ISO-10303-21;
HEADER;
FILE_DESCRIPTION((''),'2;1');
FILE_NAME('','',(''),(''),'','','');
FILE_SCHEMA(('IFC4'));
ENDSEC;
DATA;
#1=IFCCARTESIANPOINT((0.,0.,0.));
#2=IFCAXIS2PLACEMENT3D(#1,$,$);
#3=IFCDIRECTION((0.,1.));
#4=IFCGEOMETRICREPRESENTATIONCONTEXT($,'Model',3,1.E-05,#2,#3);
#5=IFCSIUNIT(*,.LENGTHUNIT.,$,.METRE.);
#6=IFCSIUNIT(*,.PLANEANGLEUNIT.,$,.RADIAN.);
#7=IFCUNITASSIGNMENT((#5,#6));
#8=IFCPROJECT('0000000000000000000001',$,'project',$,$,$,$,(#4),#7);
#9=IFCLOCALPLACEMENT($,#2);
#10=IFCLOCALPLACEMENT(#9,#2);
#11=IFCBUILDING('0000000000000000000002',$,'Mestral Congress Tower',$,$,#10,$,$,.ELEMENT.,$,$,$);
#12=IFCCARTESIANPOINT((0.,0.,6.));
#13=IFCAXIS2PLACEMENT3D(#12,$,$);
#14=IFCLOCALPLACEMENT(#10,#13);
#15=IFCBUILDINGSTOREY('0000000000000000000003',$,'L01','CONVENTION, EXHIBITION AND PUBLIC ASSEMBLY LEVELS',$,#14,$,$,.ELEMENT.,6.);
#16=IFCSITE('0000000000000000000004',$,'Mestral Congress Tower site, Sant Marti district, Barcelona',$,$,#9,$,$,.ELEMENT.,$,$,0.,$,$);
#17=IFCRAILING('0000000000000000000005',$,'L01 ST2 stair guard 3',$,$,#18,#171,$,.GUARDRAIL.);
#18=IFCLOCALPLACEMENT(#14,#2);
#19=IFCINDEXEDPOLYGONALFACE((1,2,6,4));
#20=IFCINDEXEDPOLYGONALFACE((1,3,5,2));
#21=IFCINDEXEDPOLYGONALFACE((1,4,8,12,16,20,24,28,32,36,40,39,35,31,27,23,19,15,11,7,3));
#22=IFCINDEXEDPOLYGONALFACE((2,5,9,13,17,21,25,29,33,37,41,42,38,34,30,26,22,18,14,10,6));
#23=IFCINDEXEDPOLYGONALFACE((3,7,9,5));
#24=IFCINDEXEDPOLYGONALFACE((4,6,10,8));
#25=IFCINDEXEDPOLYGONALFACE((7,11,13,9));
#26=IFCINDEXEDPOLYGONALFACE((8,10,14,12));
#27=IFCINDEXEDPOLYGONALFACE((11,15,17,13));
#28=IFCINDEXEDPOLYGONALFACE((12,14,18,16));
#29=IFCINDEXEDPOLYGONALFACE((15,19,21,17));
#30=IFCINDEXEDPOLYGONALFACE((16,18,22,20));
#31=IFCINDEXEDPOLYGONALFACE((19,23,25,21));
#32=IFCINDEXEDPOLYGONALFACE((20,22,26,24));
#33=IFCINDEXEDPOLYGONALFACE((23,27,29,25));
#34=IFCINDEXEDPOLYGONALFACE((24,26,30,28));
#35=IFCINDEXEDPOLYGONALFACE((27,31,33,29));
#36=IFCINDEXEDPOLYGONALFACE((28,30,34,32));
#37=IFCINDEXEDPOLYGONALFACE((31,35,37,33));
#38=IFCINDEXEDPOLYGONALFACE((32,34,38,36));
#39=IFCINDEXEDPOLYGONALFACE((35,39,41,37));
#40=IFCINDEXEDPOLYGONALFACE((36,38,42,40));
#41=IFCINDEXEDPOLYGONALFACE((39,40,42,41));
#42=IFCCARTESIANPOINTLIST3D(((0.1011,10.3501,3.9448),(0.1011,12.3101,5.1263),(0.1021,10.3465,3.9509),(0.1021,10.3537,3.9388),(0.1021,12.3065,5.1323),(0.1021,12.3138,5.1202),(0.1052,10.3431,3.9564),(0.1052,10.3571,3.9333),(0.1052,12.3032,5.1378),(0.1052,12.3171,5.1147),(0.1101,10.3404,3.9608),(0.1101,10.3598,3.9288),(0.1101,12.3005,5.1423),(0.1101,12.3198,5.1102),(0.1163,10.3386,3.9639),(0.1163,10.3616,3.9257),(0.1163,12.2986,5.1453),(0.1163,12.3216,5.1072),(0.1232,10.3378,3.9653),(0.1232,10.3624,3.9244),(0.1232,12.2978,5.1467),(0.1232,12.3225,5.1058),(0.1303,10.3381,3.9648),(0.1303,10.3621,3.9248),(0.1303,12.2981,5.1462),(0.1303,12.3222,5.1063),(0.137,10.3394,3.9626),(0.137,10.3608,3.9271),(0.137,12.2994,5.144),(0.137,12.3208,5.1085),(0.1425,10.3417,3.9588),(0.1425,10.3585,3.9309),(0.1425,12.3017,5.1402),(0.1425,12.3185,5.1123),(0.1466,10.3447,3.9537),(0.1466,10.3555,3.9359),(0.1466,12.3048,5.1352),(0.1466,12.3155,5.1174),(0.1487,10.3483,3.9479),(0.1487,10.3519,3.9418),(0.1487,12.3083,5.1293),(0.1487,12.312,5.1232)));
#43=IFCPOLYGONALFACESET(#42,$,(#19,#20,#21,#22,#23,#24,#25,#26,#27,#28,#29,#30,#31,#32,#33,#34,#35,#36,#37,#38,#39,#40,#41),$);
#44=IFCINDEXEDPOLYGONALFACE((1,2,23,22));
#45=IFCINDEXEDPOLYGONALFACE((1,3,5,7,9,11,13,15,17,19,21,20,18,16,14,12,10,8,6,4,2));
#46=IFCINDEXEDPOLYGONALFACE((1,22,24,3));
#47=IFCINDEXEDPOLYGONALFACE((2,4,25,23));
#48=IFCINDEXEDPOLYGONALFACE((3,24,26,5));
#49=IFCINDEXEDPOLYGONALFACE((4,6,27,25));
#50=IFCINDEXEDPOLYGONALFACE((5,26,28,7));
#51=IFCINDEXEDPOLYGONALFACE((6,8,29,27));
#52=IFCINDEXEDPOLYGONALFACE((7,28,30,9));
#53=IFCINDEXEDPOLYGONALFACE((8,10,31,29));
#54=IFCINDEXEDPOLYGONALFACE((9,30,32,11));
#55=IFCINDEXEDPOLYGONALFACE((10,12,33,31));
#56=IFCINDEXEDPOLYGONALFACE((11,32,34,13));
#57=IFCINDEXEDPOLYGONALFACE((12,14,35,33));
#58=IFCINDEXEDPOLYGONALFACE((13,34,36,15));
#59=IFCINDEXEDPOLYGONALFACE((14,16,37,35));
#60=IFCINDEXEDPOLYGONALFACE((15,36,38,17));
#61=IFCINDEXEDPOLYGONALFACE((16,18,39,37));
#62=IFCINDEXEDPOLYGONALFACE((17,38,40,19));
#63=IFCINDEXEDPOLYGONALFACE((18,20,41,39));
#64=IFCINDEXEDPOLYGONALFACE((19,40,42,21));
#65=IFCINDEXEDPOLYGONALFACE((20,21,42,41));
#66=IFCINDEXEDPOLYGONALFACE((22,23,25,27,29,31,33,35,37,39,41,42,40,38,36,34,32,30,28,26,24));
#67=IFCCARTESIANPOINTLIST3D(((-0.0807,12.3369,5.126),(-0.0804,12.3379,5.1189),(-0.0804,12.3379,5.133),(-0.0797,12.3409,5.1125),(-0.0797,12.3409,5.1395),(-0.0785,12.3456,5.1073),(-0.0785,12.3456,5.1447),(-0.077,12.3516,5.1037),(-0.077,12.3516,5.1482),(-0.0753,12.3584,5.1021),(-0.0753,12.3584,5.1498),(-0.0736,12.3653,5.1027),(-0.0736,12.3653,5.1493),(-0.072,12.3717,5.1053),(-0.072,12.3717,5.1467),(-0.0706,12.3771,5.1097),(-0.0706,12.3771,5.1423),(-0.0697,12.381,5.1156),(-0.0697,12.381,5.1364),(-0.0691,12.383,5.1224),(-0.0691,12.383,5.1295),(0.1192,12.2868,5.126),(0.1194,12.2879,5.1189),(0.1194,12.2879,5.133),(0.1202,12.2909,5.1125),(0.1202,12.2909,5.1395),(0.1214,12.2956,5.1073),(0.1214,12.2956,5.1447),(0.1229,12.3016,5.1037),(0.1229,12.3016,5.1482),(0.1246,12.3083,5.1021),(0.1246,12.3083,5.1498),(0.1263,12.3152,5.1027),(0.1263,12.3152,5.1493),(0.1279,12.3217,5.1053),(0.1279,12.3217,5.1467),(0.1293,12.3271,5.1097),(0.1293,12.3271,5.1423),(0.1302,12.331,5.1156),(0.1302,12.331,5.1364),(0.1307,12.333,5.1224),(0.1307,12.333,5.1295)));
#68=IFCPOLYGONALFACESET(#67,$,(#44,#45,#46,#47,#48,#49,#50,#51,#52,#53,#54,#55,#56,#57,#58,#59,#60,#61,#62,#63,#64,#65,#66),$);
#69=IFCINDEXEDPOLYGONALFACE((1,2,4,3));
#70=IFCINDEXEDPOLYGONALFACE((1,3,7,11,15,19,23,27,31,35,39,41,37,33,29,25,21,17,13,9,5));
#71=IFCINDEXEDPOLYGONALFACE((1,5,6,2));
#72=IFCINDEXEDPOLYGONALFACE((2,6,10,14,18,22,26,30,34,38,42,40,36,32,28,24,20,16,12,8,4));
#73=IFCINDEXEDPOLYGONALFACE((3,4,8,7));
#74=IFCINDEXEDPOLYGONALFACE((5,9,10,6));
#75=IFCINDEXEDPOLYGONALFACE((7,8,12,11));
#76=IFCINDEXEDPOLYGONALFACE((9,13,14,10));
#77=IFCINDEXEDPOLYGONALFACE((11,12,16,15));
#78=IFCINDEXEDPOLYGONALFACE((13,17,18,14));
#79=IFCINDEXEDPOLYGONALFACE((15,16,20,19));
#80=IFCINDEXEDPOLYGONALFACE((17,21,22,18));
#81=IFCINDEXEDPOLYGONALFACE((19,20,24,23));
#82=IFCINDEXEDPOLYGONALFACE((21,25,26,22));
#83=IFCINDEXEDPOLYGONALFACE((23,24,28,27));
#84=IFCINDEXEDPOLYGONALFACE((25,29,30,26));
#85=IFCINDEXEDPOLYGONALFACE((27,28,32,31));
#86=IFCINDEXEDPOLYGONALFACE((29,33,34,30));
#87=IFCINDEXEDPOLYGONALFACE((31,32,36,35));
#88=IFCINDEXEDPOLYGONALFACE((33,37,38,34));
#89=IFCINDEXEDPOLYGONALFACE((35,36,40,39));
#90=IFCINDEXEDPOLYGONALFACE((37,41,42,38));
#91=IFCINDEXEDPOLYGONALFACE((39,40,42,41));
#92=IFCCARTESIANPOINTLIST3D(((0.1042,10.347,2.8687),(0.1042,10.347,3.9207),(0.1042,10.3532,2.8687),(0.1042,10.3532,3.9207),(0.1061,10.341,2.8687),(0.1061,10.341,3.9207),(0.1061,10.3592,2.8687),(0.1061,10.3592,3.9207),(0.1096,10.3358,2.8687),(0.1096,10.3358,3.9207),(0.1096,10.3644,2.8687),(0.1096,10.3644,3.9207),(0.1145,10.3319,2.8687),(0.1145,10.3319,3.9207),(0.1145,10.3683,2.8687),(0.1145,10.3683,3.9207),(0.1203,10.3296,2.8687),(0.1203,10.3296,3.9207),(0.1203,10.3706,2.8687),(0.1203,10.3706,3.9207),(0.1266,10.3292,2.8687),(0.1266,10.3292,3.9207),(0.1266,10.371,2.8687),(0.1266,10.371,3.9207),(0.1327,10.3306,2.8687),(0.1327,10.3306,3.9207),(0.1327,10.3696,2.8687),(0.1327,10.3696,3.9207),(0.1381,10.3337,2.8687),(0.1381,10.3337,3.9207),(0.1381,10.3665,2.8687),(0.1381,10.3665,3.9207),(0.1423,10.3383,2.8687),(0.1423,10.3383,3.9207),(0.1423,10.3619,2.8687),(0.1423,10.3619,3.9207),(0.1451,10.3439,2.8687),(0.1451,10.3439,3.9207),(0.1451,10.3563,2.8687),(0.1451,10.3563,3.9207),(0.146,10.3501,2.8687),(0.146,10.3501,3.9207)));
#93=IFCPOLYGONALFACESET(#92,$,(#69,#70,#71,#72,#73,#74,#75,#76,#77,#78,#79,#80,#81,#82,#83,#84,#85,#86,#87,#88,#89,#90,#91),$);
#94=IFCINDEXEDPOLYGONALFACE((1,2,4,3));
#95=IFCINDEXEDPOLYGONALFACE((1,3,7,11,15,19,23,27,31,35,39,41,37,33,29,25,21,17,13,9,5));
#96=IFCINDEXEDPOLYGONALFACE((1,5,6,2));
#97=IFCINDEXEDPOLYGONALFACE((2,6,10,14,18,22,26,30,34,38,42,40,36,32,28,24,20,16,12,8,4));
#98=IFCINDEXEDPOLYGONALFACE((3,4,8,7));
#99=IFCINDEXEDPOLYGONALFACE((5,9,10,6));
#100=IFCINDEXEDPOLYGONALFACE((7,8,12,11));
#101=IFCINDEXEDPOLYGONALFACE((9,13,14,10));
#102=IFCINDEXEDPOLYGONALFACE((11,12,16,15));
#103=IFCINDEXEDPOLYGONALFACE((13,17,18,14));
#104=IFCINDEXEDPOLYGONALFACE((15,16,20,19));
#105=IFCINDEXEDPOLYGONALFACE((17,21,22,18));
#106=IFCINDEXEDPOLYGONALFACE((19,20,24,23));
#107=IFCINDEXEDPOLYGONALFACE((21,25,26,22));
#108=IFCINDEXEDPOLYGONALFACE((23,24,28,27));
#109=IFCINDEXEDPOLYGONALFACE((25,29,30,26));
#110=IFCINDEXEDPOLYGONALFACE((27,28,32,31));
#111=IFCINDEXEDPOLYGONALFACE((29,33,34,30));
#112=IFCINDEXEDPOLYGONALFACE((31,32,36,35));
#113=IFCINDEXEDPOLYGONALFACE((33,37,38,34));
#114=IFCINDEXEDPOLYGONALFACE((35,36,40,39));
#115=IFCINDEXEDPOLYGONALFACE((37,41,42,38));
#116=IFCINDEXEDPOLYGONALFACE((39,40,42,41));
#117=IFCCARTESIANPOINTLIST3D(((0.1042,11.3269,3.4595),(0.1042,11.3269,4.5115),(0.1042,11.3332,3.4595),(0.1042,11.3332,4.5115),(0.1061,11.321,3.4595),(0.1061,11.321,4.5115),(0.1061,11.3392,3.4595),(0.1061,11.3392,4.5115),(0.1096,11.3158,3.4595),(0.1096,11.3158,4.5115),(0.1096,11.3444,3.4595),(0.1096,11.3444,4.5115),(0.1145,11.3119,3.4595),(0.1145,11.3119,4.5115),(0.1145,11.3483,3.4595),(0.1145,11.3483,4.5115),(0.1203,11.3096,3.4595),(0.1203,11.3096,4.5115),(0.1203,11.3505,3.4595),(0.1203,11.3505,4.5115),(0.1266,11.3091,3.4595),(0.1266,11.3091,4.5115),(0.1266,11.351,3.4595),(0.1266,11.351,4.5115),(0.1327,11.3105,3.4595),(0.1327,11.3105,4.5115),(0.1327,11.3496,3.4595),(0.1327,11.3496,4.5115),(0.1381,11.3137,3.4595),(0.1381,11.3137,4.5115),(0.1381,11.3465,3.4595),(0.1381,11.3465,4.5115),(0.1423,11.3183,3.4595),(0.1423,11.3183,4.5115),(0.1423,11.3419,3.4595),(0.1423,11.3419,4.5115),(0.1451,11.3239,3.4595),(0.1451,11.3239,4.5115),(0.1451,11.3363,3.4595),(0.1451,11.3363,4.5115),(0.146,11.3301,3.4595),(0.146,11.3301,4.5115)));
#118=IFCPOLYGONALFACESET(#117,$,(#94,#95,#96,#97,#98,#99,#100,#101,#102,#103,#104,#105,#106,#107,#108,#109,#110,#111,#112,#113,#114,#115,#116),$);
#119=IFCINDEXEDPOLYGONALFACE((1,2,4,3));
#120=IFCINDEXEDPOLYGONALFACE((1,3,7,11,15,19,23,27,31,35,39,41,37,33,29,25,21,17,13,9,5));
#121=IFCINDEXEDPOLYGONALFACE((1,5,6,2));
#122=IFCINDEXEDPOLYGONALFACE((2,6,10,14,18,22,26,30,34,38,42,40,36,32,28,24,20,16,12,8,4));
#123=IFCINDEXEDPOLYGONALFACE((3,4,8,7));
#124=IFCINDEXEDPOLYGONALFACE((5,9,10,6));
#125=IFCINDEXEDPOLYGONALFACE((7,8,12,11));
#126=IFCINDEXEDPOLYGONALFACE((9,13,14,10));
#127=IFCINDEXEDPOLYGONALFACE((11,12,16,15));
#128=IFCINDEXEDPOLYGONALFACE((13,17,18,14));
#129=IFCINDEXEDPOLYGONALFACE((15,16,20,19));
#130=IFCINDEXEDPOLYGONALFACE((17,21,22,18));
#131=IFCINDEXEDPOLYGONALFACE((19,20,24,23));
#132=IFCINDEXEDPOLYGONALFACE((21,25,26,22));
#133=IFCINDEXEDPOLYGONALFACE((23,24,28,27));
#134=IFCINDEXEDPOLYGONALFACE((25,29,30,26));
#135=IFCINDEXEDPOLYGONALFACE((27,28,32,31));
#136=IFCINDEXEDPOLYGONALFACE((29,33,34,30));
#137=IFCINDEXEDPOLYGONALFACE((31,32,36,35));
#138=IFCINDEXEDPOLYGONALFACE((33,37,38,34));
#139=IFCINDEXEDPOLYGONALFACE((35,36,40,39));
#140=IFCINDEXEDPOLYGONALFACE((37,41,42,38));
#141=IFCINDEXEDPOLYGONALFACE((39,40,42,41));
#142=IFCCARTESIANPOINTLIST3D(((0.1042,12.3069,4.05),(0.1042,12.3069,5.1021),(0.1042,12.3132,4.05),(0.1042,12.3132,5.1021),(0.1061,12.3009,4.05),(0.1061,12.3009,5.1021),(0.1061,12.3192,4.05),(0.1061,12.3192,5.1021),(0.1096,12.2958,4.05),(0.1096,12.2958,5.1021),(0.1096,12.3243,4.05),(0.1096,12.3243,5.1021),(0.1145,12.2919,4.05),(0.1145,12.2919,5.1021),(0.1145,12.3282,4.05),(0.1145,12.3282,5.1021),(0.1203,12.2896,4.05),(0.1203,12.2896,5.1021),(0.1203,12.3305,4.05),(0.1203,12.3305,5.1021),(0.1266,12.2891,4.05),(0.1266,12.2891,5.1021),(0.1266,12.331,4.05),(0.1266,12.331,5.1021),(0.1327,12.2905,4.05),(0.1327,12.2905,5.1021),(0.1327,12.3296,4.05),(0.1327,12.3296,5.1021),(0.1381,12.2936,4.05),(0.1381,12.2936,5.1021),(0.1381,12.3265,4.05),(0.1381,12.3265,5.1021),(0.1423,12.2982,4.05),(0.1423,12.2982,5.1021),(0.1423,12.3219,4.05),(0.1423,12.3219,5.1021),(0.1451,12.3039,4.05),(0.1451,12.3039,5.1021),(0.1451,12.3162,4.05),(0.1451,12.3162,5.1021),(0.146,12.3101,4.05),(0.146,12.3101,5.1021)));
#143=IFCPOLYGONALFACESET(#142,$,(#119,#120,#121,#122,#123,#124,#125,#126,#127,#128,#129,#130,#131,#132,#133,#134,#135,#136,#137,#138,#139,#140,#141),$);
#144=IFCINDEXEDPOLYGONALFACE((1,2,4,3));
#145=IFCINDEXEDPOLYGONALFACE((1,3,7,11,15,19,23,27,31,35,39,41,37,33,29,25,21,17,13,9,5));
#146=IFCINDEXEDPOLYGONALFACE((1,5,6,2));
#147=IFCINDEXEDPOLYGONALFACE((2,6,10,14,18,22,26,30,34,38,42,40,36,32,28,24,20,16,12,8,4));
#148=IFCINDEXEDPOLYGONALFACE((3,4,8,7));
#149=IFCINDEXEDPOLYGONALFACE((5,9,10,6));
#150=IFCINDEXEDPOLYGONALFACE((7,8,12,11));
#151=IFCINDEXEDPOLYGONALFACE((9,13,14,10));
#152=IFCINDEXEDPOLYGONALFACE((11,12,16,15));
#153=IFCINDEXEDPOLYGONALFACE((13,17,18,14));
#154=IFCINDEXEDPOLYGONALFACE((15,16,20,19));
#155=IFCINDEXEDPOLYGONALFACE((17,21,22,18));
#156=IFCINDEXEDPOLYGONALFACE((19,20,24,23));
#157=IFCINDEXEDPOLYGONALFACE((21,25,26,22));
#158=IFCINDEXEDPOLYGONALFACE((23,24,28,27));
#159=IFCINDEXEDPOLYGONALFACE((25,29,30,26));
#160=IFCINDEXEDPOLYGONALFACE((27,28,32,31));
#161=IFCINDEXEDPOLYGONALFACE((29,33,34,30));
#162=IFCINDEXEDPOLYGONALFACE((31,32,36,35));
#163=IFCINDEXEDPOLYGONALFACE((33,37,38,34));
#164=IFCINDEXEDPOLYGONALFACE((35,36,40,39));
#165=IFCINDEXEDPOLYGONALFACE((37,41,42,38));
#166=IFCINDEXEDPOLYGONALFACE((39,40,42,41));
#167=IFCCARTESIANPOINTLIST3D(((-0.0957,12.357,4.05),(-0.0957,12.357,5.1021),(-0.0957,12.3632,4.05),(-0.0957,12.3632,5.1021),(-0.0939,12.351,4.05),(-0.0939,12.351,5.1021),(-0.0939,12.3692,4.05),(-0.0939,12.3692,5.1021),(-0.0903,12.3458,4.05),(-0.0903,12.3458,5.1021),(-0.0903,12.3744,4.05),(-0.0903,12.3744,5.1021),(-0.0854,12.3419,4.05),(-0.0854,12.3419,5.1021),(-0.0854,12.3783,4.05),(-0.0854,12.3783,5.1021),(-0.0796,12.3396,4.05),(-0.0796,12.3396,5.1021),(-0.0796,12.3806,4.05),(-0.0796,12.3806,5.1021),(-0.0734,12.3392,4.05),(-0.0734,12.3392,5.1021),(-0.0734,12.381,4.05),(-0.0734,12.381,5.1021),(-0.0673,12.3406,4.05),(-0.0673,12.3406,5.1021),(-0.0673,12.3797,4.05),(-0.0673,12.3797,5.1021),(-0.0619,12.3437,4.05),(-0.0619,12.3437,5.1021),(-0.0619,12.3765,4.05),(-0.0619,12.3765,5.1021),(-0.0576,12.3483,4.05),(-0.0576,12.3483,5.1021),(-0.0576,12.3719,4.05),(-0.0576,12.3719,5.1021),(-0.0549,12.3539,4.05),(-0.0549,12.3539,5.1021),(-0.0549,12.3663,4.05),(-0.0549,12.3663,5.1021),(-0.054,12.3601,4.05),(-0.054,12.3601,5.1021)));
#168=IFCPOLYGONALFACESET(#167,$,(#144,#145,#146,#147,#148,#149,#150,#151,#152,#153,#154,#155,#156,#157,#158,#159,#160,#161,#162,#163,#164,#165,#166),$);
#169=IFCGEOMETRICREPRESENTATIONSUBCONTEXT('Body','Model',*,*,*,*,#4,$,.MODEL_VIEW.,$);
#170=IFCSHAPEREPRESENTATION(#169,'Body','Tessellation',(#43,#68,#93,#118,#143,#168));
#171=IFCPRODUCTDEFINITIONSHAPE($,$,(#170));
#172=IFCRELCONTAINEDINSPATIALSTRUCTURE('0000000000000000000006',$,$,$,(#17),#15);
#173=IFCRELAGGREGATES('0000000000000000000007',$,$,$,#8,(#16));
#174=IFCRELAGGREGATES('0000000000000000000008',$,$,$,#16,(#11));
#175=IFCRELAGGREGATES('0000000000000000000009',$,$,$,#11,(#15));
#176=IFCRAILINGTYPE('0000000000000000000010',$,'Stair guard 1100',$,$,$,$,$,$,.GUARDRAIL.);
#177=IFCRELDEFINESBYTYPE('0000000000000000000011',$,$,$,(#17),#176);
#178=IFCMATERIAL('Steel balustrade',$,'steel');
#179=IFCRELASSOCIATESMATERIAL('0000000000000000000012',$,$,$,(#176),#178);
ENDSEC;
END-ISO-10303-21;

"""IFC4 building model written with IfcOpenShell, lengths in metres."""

from ifc_helpers import new_model, si_unit, direction, frame, origin, origin_2d, place, context, subcontext, project, spatial, circle, extrude, material, type_object, element, save


model = new_model("IFC4")

# Units and contexts
model_context = context("Model", 3, precision=1e-05, world=origin(), true_north=direction((0.0, 1.0)))
body_context = subcontext(model_context, "Body", "Model", "MODEL_VIEW")
ifc_project = project(units=[si_unit("LENGTHUNIT", "METRE"), si_unit("PLANEANGLEUNIT", "RADIAN")], contexts=[model_context])

# Site, building, storey
site_placement = place(None, origin())
site = spatial("IfcSite", under=ifc_project, at=site_placement, Name="Mestral Congress Tower site, Sant Marti district, Barcelona", CompositionType="ELEMENT", RefElevation=0.0)
building_placement = place(site_placement, origin())
building = spatial("IfcBuilding", under=site, at=building_placement, Name="Mestral Congress Tower", CompositionType="ELEMENT")
storey_placement = place(building_placement, frame((0.0, 0.0, 6.0)))
storey = spatial("IfcBuildingStorey", under=building, at=storey_placement, Name="L01", Description="CONVENTION, EXHIBITION AND PUBLIC ASSEMBLY LEVELS", CompositionType="ELEMENT", Elevation=6.0)

# Railing
ifc_material_1 = material(Name="Steel balustrade", Category="steel")
railing_type = type_object("IfcRailingType", Name="Stair guard 1100", PredefinedType="GUARDRAIL", material=ifc_material_1)
railing_1_placement = place(storey_placement, frame((0.125, 10.3501, 2.8687)))
element("IfcRailing", 1, at=railing_1_placement, inside=storey, type_object=railing_type, Name="L01 ST2 stair guard 3", PredefinedType="GUARDRAIL", context=body_context, shape_type="SweptSolid", body=[
    extrude(circle(Radius=0.0239, at=origin_2d()), frame((0.0, 0.0, 1.0762), z_axis=(0.0, 0.856446, 0.516236), x_axis=(-1.0, 0.0, 0.0)), (0.0, 0.0, 1.0), 2.2886),
    extrude(circle(Radius=0.0239, at=origin_2d()), frame((0.0, 1.96, 2.2573), z_axis=(-0.970073, 0.242814, 0.0), x_axis=(-0.242814, -0.970073, 0.0)), (0.0, 0.0, 1.0), 0.2061),
    extrude(circle(Radius=0.021, at=origin_2d()), origin(), (0.0, 0.0, 1.0), 1.052),
    extrude(circle(Radius=0.021, at=origin_2d()), frame((0.0, 0.98, 0.5908)), (0.0, 0.0, 1.0), 1.052),
    extrude(circle(Radius=0.021, at=origin_2d()), frame((0.0, 1.96, 1.1814)), (0.0, 0.0, 1.0), 1.052),
    extrude(circle(Radius=0.021, at=origin_2d()), frame((-0.2, 2.01, 1.1814)), (0.0, 0.0, 1.0), 1.052),
])

save(model, "model.ifc")
